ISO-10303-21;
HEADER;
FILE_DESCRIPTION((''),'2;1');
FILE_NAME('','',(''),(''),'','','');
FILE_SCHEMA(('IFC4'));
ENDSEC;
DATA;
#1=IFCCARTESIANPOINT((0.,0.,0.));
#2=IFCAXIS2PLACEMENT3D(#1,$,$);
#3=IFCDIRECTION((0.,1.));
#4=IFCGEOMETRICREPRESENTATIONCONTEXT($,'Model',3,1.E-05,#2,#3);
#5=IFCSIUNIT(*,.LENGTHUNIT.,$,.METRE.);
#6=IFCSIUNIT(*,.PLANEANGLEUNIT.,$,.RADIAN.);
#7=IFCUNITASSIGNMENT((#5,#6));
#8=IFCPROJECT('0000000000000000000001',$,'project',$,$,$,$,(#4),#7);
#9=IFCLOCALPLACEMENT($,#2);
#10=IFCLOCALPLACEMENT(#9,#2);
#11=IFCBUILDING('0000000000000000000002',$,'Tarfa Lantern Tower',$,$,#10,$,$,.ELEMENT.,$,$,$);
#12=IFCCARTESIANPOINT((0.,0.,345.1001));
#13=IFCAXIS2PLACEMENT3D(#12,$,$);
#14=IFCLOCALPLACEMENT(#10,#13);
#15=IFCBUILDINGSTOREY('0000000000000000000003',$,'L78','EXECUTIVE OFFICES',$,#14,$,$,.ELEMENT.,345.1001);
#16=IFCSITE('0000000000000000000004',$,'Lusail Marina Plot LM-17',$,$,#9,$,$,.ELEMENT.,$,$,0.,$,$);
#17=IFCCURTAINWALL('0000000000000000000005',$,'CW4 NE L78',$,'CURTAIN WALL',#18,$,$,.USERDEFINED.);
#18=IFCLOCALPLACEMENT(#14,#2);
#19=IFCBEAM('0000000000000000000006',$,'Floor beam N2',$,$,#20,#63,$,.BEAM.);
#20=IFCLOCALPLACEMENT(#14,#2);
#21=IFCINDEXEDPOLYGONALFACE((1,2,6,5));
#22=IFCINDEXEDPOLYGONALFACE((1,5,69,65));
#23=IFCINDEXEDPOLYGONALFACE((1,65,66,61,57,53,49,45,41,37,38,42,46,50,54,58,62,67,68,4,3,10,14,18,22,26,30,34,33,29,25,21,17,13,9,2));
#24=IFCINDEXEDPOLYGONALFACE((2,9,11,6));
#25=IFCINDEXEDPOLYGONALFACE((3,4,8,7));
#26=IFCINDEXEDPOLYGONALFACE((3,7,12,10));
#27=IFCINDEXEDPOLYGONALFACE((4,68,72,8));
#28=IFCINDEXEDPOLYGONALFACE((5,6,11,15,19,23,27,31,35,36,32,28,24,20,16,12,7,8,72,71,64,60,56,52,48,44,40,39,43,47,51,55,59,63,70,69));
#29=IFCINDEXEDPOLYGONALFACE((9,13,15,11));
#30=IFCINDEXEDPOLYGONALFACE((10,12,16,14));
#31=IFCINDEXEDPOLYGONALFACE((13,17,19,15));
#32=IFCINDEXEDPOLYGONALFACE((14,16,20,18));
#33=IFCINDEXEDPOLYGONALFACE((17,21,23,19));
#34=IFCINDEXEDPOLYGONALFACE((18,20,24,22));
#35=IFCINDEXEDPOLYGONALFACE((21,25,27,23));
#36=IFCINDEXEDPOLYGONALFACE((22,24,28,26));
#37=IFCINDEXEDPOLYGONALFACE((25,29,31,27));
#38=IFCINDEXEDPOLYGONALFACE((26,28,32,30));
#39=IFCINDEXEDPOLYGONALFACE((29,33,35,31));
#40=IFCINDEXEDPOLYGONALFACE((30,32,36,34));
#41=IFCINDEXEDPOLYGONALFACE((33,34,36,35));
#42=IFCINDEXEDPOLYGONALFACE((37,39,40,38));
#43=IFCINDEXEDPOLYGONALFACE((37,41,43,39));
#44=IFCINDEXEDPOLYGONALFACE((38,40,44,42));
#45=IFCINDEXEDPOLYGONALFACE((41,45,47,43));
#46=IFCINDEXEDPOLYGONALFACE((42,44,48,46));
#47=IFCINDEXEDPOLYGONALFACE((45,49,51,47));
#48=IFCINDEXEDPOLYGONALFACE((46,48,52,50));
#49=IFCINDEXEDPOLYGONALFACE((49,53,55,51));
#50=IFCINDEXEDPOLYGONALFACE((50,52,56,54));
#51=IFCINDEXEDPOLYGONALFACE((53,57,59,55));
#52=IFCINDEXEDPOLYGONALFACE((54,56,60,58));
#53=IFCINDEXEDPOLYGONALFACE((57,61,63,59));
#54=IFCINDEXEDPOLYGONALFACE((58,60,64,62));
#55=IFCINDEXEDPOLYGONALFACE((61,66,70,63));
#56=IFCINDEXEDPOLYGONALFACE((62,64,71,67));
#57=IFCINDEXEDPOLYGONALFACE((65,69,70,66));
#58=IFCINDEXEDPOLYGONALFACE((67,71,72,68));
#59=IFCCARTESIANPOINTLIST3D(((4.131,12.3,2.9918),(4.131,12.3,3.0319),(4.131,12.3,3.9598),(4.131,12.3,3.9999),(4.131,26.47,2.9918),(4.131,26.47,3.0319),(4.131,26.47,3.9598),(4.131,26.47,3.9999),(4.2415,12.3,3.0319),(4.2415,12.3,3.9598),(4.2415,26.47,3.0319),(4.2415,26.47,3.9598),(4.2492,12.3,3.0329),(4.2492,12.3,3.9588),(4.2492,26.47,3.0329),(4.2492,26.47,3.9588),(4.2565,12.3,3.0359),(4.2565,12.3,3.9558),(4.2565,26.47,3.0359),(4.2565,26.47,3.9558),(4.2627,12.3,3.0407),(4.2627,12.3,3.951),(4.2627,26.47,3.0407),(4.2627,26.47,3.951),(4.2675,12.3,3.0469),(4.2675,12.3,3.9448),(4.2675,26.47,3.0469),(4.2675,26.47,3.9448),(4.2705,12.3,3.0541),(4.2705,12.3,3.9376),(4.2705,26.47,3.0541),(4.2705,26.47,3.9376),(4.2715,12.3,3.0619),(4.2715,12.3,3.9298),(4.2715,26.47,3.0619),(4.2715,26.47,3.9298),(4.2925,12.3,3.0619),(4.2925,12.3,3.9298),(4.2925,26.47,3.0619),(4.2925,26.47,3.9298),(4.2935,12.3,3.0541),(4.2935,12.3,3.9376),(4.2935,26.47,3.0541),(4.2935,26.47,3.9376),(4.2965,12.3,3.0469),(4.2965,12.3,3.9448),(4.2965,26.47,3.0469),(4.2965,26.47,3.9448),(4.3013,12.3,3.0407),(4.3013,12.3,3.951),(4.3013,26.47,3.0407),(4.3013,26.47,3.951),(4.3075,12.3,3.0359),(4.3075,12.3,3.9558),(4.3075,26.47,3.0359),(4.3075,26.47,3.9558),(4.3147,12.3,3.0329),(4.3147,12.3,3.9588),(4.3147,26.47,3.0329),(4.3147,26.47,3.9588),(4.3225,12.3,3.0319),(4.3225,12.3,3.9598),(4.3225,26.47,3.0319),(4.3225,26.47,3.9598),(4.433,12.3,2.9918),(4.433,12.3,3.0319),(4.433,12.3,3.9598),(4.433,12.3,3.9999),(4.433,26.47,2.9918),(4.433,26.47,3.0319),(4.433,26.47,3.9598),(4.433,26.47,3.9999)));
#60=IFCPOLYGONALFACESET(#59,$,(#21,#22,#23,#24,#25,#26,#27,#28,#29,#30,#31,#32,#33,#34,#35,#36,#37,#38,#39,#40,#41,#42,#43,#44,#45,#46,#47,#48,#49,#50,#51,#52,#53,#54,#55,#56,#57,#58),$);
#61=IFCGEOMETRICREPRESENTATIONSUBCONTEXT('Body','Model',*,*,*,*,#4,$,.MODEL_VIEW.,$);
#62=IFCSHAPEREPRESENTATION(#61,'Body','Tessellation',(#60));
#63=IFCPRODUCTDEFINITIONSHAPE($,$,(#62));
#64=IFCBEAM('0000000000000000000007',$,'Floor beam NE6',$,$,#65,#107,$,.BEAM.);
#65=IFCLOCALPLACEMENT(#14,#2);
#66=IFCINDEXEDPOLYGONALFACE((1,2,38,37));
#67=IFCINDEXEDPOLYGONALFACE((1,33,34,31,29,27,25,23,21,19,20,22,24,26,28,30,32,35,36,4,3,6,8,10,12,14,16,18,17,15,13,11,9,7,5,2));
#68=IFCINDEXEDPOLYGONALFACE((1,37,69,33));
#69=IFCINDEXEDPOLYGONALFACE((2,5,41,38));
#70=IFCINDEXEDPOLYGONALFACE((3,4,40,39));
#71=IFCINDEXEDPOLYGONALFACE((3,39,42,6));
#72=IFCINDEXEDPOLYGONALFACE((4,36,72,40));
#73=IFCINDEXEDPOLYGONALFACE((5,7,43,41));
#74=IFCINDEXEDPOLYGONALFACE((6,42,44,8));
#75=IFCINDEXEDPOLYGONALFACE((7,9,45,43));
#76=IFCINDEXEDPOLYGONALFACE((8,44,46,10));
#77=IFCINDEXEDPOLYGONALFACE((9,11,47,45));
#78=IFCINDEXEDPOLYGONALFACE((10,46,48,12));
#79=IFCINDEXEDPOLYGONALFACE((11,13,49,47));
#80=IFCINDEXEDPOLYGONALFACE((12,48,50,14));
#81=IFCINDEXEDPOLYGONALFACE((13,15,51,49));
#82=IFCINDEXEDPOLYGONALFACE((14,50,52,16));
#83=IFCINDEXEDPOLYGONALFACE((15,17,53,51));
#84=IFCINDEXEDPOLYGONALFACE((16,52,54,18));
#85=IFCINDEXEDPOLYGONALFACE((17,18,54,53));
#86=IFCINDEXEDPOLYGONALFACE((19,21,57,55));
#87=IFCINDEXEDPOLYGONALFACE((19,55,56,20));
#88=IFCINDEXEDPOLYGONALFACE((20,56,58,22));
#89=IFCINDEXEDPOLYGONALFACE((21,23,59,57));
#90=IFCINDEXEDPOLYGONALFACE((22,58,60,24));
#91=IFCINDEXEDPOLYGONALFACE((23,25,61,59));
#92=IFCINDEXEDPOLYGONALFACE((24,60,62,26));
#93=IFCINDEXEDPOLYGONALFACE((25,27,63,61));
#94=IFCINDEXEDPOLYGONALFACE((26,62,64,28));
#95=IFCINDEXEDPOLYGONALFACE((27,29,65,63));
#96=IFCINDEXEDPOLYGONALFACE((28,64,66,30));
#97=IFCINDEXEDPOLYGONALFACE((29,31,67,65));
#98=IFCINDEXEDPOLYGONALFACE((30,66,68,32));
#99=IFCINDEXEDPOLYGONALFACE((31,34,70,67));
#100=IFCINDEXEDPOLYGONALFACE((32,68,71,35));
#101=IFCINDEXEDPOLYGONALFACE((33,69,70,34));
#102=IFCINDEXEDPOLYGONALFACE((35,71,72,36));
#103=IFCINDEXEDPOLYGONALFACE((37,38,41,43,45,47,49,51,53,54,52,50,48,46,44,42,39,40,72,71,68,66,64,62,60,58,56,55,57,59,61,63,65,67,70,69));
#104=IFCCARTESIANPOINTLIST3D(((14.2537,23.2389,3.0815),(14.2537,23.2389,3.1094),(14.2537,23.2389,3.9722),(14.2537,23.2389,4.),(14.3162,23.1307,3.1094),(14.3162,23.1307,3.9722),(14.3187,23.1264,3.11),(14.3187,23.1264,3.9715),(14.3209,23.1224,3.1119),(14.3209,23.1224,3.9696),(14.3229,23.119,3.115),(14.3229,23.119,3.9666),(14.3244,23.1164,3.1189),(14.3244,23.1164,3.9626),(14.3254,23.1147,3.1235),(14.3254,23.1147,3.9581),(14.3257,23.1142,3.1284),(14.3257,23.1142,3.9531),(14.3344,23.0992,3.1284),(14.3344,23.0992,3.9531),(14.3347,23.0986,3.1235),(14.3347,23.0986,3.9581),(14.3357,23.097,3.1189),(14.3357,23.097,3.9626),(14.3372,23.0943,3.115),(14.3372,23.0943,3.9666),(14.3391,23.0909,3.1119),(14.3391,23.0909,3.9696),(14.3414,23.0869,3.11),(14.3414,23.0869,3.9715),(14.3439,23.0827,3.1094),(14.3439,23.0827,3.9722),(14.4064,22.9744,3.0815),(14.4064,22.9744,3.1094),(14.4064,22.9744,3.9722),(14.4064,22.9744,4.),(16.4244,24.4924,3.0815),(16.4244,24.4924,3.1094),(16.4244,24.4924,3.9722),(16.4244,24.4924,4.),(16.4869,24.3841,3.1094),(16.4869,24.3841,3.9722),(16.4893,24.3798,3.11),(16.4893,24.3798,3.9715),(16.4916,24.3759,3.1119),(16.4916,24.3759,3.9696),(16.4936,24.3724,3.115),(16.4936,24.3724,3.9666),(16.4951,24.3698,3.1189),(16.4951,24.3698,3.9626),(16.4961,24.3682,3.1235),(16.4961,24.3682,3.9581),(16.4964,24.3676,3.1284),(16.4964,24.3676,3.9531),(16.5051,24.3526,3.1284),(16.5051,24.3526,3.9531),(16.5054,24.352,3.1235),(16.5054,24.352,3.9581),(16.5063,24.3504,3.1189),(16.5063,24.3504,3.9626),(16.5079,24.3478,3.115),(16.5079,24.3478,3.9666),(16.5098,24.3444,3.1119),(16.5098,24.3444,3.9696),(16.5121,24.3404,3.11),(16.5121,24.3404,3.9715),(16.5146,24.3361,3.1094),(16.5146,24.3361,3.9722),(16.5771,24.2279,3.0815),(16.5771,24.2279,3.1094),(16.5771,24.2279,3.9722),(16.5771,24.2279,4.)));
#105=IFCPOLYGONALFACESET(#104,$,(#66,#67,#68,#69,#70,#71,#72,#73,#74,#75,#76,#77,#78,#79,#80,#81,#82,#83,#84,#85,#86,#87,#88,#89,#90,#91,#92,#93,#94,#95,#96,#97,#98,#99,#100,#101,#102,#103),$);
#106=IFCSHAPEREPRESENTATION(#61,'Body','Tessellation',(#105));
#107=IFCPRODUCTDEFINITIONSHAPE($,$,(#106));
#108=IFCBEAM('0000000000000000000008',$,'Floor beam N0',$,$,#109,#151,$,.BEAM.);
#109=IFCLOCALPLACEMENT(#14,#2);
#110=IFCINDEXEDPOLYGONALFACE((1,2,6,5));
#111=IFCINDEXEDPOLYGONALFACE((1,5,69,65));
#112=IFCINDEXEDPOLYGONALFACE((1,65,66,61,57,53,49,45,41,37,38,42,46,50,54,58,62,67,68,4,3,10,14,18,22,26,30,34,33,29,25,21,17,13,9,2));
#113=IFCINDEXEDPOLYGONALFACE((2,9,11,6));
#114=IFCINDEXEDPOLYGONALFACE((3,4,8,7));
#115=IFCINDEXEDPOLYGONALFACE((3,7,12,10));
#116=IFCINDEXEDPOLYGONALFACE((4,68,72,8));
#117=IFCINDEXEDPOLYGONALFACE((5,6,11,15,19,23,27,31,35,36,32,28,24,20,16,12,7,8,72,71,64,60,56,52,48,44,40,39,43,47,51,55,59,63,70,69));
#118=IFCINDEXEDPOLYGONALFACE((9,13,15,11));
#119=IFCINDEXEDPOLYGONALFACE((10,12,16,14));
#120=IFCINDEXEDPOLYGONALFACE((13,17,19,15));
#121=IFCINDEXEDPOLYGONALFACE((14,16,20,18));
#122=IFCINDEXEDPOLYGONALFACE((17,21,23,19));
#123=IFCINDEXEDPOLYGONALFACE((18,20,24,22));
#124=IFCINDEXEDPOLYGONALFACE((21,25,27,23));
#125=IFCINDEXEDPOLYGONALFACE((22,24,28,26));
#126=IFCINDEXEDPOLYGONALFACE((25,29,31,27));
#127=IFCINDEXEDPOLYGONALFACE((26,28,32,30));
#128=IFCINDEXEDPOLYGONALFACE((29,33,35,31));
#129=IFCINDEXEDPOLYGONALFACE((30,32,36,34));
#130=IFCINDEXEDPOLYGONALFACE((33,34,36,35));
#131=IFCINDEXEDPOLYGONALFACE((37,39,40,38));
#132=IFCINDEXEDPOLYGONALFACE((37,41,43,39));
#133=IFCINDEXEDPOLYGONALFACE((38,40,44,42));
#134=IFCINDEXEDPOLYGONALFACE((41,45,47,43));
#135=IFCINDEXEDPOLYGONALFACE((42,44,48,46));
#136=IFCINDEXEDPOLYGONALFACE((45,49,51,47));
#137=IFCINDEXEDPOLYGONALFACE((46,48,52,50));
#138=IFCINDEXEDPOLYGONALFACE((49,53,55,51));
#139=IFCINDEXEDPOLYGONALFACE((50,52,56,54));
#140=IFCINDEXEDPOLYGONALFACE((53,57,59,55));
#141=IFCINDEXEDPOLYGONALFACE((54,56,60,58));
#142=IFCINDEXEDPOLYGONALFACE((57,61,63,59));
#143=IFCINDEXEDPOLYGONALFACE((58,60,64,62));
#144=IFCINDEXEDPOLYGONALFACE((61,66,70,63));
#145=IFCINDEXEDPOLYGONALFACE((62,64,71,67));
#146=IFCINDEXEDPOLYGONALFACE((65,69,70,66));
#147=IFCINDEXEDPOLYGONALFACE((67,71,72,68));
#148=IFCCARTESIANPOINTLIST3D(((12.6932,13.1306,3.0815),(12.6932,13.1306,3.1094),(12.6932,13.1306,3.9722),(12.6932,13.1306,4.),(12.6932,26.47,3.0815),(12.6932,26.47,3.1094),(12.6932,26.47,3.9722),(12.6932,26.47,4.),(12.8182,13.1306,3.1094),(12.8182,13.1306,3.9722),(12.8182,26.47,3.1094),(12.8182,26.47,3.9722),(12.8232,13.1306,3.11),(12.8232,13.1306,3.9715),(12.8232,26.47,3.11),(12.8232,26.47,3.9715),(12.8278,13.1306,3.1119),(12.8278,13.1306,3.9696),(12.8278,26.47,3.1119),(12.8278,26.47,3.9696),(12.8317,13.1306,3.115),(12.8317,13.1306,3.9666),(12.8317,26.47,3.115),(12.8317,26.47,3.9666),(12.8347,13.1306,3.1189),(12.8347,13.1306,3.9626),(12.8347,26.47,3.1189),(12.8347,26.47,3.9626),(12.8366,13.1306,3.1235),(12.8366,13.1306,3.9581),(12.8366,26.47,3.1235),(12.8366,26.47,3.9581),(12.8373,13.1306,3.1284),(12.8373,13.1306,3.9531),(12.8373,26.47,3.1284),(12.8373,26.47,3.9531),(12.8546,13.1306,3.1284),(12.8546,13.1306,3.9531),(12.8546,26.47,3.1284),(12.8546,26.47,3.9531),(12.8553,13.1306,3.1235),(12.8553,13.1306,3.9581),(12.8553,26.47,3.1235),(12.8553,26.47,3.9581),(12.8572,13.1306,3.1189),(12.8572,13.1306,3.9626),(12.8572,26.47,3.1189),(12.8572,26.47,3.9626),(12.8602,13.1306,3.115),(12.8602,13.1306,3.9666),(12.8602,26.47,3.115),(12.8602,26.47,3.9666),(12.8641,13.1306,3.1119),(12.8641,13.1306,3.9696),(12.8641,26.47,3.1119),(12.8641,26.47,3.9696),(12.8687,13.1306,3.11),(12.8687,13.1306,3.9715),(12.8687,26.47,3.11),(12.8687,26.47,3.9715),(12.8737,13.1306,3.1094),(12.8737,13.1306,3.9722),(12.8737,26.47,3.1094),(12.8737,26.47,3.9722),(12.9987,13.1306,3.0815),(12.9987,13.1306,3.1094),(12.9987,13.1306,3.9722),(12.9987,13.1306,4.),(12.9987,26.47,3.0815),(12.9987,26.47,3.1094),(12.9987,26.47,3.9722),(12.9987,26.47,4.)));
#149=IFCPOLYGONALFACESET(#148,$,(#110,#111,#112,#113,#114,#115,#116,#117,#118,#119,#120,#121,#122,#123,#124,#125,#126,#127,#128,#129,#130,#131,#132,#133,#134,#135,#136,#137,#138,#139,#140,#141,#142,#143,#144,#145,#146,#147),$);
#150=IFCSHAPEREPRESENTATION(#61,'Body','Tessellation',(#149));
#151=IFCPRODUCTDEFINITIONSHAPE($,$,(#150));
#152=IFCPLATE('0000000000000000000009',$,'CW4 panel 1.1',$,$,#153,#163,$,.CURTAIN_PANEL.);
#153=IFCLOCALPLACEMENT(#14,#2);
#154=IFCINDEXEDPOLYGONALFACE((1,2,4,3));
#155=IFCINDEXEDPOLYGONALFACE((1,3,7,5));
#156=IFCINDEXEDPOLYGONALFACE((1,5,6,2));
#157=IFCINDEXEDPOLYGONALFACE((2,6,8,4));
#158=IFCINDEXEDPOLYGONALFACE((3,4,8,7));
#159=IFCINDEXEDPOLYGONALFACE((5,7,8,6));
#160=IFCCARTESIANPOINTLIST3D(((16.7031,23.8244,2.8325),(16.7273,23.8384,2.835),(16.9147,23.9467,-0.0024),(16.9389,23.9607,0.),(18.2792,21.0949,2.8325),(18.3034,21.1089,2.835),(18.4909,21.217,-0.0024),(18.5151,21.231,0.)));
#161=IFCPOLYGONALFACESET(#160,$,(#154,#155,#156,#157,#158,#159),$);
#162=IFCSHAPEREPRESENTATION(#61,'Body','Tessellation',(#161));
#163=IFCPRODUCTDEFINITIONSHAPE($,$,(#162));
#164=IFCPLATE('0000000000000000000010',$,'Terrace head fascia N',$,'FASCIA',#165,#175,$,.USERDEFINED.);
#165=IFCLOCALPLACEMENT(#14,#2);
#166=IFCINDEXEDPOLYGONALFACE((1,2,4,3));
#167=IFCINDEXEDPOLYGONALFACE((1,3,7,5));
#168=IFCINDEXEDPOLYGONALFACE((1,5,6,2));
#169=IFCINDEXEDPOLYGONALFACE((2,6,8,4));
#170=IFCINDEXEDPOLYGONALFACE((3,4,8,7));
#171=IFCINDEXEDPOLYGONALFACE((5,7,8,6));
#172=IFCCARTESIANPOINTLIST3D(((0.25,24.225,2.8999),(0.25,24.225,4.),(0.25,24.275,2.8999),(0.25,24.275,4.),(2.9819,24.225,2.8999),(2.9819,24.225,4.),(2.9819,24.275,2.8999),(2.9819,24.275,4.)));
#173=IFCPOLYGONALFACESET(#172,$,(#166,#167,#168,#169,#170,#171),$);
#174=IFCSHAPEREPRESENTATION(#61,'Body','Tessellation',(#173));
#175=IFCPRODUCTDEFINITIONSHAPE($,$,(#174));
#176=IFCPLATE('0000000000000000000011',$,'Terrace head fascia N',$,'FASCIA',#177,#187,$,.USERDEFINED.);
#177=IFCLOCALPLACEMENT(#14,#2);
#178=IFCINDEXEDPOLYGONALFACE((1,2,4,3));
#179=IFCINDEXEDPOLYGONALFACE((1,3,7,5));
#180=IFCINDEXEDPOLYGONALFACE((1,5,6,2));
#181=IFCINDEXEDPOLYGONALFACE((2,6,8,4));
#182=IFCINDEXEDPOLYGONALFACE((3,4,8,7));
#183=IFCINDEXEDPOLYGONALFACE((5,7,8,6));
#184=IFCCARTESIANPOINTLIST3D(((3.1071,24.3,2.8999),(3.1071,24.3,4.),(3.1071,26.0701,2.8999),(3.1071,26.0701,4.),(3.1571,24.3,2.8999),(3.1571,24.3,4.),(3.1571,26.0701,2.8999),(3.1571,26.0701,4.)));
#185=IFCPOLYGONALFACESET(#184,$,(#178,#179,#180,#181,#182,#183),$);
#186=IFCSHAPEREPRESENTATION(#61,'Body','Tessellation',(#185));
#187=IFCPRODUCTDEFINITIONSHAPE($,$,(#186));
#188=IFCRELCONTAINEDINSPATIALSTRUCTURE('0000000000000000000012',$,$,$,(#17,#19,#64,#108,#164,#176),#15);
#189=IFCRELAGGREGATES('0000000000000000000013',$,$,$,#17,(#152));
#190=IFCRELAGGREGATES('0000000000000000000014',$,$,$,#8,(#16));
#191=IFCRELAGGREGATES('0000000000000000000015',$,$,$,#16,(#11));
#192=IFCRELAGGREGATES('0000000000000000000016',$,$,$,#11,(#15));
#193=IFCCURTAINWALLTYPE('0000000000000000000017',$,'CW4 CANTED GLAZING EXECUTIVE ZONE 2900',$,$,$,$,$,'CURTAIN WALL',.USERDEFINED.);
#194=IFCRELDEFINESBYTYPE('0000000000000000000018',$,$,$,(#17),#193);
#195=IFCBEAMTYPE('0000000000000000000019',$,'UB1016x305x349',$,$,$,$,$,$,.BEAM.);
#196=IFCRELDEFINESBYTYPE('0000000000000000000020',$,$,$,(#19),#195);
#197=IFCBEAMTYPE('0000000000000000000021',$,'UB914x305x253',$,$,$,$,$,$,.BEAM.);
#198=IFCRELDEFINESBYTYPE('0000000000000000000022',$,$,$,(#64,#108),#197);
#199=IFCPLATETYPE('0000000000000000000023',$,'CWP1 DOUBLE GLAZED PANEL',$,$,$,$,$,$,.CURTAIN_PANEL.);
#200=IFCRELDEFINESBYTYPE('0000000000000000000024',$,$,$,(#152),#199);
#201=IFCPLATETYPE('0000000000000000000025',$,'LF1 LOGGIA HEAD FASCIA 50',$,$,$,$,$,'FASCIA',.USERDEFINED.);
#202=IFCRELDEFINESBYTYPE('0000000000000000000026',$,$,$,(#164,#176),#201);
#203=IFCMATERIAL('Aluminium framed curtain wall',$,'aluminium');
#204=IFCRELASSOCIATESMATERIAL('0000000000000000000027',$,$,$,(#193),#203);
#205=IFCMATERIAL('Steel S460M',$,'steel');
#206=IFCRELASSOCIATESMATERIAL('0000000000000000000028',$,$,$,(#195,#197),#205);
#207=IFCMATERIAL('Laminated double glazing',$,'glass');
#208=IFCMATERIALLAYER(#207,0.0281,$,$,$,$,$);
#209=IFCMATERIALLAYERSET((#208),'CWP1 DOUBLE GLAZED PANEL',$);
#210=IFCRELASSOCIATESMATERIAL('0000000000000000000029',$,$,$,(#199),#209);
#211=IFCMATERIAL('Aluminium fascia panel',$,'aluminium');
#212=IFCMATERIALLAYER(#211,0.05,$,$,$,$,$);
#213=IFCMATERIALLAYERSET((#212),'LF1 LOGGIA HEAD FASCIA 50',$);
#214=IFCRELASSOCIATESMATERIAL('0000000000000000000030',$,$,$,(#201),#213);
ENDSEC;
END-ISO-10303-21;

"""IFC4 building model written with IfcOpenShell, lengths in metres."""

from ifc_helpers import new_model, si_unit, direction, frame, origin, origin_2d, place, context, subcontext, project, spatial, polyline, rectangle, i_section, outline, extrude, material, layer, layer_set, material_profile, profile_set, type_object, element, aggregate, save


model = new_model("IFC4")

# Units and contexts
model_context = context("Model", 3, precision=1e-05, world=origin(), true_north=direction((0.0, 1.0)))
body_context = subcontext(model_context, "Body", "Model", "MODEL_VIEW")
ifc_project = project(units=[si_unit("LENGTHUNIT", "METRE"), si_unit("PLANEANGLEUNIT", "RADIAN")], contexts=[model_context])

# Site, building, storey
site_placement = place(None, origin())
site = spatial("IfcSite", under=ifc_project, at=site_placement, Name="Lusail Marina Plot LM-17", CompositionType="ELEMENT", RefElevation=0.0)
building_placement = place(site_placement, origin())
building = spatial("IfcBuilding", under=site, at=building_placement, Name="Tarfa Lantern Tower", CompositionType="ELEMENT")
storey_placement = place(building_placement, frame((0.0, 0.0, 345.1001)))
storey = spatial("IfcBuildingStorey", under=building, at=storey_placement, Name="L78", Description="EXECUTIVE OFFICES", CompositionType="ELEMENT", Elevation=345.1001)

# Curtain wall
ifc_material_1 = material(Name="Aluminium framed curtain wall", Category="aluminium")
curtain_wall_type = type_object("IfcCurtainWallType", Name="CW4 CANTED GLAZING EXECUTIVE ZONE 2900", ElementType="CURTAIN WALL", PredefinedType="USERDEFINED", material=ifc_material_1)
curtain_wall_placement = place(storey_placement, origin())
curtain_wall = element("IfcCurtainWall", 1, at=curtain_wall_placement, inside=storey, type_object=curtain_wall_type, Name="CW4 NE L78", ObjectType="CURTAIN WALL", PredefinedType="USERDEFINED")

# Beams
ifc_material_2 = material(Name="Steel S460M", Category="steel")
ifc_material_profile_1 = material_profile(ifc_material_2, i_section(OverallWidth=0.302, OverallDepth=1.0081, WebThickness=0.021, FlangeThickness=0.04, FilletRadius=0.03, at=origin_2d()), Name="UB1016x305x349")
ifc_profile_set_1 = profile_set([ifc_material_profile_1], Name="Steel S460M")
beam_type_1 = type_object("IfcBeamType", Name="UB1016x305x349", PredefinedType="BEAM", material=ifc_profile_set_1)
for number, where, z_axis, x_axis, name in (
    (2, (4.282, 26.47, 3.4958), (0.0, -1.0, 0.0), (1.0, 0.0, 0.0), "Floor beam N2"),
):
    element("IfcBeam", number, at=place(storey_placement, frame(where, z_axis=z_axis, x_axis=x_axis)), inside=storey, type_object=beam_type_1, Name=name, PredefinedType="BEAM", context=body_context, shape_type="SweptSolid", body=[
        extrude(i_section(OverallWidth=0.302, OverallDepth=1.0081, WebThickness=0.021, FlangeThickness=0.04, FilletRadius=0.03, at=origin_2d()), origin(), (0.0, 0.0, 1.0), 14.1699),
    ])
ifc_material_profile_2 = material_profile(ifc_material_2, i_section(OverallWidth=0.3054, OverallDepth=0.9185, WebThickness=0.0173, FlangeThickness=0.0278, FilletRadius=0.019, at=origin_2d()), Name="UB914x305x253")
ifc_profile_set_2 = profile_set([ifc_material_profile_2], Name="Steel S460M")
beam_type_2 = type_object("IfcBeamType", Name="UB914x305x253", PredefinedType="BEAM", material=ifc_profile_set_2)
beam_1_placement = place(storey_placement, frame((16.5007, 24.3601, 3.5408), z_axis=(-0.865993, -0.500057, 0.0), x_axis=(0.500057, -0.865993, 0.0)))
element("IfcBeam", 3, at=beam_1_placement, inside=storey, type_object=beam_type_2, Name="Floor beam NE6", PredefinedType="BEAM", context=body_context, shape_type="SweptSolid", body=[
    extrude(i_section(OverallWidth=0.3054, OverallDepth=0.9185, WebThickness=0.0173, FlangeThickness=0.0278, FilletRadius=0.019, at=origin_2d()), origin(), (0.0, 0.0, 1.0), 2.5066),
])
beam_2_placement = place(storey_placement, frame((12.8459, 26.47, 3.5408), z_axis=(0.0, -1.0, 0.0), x_axis=(1.0, 0.0, 0.0)))
element("IfcBeam", 4, at=beam_2_placement, inside=storey, type_object=beam_type_2, Name="Floor beam N0", PredefinedType="BEAM", context=body_context, shape_type="SweptSolid", body=[
    extrude(i_section(OverallWidth=0.3054, OverallDepth=0.9185, WebThickness=0.0173, FlangeThickness=0.0278, FilletRadius=0.019, at=origin_2d()), origin(), (0.0, 0.0, 1.0), 13.3394),
])

# Plate
ifc_material_3 = material(Name="Laminated double glazing", Category="glass")
ifc_layer_1 = layer(ifc_material_3, 0.0281)
ifc_layer_set_1 = layer_set([ifc_layer_1], Name="CWP1 DOUBLE GLAZED PANEL")
plate_type_1 = type_object("IfcPlateType", Name="CWP1 DOUBLE GLAZED PANEL", PredefinedType="CURTAIN_PANEL", material=ifc_layer_set_1)
plate_1_placement = place(storey_placement, frame((18.5151, 21.231, 0.0), z_axis=(0.862794, 0.498206, 0.085893), x_axis=(-0.500054, 0.865994, -0.000002)))
plate_1 = element("IfcPlate", 5, at=plate_1_placement, type_object=plate_type_1, Name="CW4 panel 1.1", PredefinedType="CURTAIN_PANEL", context=body_context, shape_type="SweptSolid", body=[
    extrude(outline(polyline([(0.0, 0.0), (3.1521, 0.0), (3.152, 2.8455), (0.0001, 2.8455), (0.0, 0.0)])), origin(), (0.0, 0.0, -1.0), 0.0281),
])
aggregate(curtain_wall, [plate_1])

# Plates
ifc_material_4 = material(Name="Aluminium fascia panel", Category="aluminium")
ifc_layer_2 = layer(ifc_material_4, 0.05)
ifc_layer_set_2 = layer_set([ifc_layer_2], Name="LF1 LOGGIA HEAD FASCIA 50")
plate_type_2 = type_object("IfcPlateType", Name="LF1 LOGGIA HEAD FASCIA 50", ElementType="FASCIA", PredefinedType="USERDEFINED", material=ifc_layer_set_2)
plate_2_placement = place(storey_placement, frame((1.616, 24.25, 2.8999), z_axis=(0.0, 0.0, 1.0), x_axis=(-1.0, 0.0, 0.0)))
element("IfcPlate", 6, at=plate_2_placement, inside=storey, type_object=plate_type_2, Name="Terrace head fascia N", ObjectType="FASCIA", PredefinedType="USERDEFINED", context=body_context, shape_type="SweptSolid", body=[
    extrude(rectangle(XDim=2.7319, YDim=0.05, at=origin_2d()), origin(), (0.0, 0.0, 1.0), 1.1001),
])
plate_3_placement = place(storey_placement, frame((3.1321, 25.1851, 2.8999), z_axis=(0.0, 0.0, 1.0), x_axis=(0.0, -1.0, 0.0)))
element("IfcPlate", 7, at=plate_3_placement, inside=storey, type_object=plate_type_2, Name="Terrace head fascia N", ObjectType="FASCIA", PredefinedType="USERDEFINED", context=body_context, shape_type="SweptSolid", body=[
    extrude(rectangle(XDim=1.77, YDim=0.05, at=origin_2d()), origin(), (0.0, 0.0, 1.0), 1.1001),
])

save(model, "model.ifc")
